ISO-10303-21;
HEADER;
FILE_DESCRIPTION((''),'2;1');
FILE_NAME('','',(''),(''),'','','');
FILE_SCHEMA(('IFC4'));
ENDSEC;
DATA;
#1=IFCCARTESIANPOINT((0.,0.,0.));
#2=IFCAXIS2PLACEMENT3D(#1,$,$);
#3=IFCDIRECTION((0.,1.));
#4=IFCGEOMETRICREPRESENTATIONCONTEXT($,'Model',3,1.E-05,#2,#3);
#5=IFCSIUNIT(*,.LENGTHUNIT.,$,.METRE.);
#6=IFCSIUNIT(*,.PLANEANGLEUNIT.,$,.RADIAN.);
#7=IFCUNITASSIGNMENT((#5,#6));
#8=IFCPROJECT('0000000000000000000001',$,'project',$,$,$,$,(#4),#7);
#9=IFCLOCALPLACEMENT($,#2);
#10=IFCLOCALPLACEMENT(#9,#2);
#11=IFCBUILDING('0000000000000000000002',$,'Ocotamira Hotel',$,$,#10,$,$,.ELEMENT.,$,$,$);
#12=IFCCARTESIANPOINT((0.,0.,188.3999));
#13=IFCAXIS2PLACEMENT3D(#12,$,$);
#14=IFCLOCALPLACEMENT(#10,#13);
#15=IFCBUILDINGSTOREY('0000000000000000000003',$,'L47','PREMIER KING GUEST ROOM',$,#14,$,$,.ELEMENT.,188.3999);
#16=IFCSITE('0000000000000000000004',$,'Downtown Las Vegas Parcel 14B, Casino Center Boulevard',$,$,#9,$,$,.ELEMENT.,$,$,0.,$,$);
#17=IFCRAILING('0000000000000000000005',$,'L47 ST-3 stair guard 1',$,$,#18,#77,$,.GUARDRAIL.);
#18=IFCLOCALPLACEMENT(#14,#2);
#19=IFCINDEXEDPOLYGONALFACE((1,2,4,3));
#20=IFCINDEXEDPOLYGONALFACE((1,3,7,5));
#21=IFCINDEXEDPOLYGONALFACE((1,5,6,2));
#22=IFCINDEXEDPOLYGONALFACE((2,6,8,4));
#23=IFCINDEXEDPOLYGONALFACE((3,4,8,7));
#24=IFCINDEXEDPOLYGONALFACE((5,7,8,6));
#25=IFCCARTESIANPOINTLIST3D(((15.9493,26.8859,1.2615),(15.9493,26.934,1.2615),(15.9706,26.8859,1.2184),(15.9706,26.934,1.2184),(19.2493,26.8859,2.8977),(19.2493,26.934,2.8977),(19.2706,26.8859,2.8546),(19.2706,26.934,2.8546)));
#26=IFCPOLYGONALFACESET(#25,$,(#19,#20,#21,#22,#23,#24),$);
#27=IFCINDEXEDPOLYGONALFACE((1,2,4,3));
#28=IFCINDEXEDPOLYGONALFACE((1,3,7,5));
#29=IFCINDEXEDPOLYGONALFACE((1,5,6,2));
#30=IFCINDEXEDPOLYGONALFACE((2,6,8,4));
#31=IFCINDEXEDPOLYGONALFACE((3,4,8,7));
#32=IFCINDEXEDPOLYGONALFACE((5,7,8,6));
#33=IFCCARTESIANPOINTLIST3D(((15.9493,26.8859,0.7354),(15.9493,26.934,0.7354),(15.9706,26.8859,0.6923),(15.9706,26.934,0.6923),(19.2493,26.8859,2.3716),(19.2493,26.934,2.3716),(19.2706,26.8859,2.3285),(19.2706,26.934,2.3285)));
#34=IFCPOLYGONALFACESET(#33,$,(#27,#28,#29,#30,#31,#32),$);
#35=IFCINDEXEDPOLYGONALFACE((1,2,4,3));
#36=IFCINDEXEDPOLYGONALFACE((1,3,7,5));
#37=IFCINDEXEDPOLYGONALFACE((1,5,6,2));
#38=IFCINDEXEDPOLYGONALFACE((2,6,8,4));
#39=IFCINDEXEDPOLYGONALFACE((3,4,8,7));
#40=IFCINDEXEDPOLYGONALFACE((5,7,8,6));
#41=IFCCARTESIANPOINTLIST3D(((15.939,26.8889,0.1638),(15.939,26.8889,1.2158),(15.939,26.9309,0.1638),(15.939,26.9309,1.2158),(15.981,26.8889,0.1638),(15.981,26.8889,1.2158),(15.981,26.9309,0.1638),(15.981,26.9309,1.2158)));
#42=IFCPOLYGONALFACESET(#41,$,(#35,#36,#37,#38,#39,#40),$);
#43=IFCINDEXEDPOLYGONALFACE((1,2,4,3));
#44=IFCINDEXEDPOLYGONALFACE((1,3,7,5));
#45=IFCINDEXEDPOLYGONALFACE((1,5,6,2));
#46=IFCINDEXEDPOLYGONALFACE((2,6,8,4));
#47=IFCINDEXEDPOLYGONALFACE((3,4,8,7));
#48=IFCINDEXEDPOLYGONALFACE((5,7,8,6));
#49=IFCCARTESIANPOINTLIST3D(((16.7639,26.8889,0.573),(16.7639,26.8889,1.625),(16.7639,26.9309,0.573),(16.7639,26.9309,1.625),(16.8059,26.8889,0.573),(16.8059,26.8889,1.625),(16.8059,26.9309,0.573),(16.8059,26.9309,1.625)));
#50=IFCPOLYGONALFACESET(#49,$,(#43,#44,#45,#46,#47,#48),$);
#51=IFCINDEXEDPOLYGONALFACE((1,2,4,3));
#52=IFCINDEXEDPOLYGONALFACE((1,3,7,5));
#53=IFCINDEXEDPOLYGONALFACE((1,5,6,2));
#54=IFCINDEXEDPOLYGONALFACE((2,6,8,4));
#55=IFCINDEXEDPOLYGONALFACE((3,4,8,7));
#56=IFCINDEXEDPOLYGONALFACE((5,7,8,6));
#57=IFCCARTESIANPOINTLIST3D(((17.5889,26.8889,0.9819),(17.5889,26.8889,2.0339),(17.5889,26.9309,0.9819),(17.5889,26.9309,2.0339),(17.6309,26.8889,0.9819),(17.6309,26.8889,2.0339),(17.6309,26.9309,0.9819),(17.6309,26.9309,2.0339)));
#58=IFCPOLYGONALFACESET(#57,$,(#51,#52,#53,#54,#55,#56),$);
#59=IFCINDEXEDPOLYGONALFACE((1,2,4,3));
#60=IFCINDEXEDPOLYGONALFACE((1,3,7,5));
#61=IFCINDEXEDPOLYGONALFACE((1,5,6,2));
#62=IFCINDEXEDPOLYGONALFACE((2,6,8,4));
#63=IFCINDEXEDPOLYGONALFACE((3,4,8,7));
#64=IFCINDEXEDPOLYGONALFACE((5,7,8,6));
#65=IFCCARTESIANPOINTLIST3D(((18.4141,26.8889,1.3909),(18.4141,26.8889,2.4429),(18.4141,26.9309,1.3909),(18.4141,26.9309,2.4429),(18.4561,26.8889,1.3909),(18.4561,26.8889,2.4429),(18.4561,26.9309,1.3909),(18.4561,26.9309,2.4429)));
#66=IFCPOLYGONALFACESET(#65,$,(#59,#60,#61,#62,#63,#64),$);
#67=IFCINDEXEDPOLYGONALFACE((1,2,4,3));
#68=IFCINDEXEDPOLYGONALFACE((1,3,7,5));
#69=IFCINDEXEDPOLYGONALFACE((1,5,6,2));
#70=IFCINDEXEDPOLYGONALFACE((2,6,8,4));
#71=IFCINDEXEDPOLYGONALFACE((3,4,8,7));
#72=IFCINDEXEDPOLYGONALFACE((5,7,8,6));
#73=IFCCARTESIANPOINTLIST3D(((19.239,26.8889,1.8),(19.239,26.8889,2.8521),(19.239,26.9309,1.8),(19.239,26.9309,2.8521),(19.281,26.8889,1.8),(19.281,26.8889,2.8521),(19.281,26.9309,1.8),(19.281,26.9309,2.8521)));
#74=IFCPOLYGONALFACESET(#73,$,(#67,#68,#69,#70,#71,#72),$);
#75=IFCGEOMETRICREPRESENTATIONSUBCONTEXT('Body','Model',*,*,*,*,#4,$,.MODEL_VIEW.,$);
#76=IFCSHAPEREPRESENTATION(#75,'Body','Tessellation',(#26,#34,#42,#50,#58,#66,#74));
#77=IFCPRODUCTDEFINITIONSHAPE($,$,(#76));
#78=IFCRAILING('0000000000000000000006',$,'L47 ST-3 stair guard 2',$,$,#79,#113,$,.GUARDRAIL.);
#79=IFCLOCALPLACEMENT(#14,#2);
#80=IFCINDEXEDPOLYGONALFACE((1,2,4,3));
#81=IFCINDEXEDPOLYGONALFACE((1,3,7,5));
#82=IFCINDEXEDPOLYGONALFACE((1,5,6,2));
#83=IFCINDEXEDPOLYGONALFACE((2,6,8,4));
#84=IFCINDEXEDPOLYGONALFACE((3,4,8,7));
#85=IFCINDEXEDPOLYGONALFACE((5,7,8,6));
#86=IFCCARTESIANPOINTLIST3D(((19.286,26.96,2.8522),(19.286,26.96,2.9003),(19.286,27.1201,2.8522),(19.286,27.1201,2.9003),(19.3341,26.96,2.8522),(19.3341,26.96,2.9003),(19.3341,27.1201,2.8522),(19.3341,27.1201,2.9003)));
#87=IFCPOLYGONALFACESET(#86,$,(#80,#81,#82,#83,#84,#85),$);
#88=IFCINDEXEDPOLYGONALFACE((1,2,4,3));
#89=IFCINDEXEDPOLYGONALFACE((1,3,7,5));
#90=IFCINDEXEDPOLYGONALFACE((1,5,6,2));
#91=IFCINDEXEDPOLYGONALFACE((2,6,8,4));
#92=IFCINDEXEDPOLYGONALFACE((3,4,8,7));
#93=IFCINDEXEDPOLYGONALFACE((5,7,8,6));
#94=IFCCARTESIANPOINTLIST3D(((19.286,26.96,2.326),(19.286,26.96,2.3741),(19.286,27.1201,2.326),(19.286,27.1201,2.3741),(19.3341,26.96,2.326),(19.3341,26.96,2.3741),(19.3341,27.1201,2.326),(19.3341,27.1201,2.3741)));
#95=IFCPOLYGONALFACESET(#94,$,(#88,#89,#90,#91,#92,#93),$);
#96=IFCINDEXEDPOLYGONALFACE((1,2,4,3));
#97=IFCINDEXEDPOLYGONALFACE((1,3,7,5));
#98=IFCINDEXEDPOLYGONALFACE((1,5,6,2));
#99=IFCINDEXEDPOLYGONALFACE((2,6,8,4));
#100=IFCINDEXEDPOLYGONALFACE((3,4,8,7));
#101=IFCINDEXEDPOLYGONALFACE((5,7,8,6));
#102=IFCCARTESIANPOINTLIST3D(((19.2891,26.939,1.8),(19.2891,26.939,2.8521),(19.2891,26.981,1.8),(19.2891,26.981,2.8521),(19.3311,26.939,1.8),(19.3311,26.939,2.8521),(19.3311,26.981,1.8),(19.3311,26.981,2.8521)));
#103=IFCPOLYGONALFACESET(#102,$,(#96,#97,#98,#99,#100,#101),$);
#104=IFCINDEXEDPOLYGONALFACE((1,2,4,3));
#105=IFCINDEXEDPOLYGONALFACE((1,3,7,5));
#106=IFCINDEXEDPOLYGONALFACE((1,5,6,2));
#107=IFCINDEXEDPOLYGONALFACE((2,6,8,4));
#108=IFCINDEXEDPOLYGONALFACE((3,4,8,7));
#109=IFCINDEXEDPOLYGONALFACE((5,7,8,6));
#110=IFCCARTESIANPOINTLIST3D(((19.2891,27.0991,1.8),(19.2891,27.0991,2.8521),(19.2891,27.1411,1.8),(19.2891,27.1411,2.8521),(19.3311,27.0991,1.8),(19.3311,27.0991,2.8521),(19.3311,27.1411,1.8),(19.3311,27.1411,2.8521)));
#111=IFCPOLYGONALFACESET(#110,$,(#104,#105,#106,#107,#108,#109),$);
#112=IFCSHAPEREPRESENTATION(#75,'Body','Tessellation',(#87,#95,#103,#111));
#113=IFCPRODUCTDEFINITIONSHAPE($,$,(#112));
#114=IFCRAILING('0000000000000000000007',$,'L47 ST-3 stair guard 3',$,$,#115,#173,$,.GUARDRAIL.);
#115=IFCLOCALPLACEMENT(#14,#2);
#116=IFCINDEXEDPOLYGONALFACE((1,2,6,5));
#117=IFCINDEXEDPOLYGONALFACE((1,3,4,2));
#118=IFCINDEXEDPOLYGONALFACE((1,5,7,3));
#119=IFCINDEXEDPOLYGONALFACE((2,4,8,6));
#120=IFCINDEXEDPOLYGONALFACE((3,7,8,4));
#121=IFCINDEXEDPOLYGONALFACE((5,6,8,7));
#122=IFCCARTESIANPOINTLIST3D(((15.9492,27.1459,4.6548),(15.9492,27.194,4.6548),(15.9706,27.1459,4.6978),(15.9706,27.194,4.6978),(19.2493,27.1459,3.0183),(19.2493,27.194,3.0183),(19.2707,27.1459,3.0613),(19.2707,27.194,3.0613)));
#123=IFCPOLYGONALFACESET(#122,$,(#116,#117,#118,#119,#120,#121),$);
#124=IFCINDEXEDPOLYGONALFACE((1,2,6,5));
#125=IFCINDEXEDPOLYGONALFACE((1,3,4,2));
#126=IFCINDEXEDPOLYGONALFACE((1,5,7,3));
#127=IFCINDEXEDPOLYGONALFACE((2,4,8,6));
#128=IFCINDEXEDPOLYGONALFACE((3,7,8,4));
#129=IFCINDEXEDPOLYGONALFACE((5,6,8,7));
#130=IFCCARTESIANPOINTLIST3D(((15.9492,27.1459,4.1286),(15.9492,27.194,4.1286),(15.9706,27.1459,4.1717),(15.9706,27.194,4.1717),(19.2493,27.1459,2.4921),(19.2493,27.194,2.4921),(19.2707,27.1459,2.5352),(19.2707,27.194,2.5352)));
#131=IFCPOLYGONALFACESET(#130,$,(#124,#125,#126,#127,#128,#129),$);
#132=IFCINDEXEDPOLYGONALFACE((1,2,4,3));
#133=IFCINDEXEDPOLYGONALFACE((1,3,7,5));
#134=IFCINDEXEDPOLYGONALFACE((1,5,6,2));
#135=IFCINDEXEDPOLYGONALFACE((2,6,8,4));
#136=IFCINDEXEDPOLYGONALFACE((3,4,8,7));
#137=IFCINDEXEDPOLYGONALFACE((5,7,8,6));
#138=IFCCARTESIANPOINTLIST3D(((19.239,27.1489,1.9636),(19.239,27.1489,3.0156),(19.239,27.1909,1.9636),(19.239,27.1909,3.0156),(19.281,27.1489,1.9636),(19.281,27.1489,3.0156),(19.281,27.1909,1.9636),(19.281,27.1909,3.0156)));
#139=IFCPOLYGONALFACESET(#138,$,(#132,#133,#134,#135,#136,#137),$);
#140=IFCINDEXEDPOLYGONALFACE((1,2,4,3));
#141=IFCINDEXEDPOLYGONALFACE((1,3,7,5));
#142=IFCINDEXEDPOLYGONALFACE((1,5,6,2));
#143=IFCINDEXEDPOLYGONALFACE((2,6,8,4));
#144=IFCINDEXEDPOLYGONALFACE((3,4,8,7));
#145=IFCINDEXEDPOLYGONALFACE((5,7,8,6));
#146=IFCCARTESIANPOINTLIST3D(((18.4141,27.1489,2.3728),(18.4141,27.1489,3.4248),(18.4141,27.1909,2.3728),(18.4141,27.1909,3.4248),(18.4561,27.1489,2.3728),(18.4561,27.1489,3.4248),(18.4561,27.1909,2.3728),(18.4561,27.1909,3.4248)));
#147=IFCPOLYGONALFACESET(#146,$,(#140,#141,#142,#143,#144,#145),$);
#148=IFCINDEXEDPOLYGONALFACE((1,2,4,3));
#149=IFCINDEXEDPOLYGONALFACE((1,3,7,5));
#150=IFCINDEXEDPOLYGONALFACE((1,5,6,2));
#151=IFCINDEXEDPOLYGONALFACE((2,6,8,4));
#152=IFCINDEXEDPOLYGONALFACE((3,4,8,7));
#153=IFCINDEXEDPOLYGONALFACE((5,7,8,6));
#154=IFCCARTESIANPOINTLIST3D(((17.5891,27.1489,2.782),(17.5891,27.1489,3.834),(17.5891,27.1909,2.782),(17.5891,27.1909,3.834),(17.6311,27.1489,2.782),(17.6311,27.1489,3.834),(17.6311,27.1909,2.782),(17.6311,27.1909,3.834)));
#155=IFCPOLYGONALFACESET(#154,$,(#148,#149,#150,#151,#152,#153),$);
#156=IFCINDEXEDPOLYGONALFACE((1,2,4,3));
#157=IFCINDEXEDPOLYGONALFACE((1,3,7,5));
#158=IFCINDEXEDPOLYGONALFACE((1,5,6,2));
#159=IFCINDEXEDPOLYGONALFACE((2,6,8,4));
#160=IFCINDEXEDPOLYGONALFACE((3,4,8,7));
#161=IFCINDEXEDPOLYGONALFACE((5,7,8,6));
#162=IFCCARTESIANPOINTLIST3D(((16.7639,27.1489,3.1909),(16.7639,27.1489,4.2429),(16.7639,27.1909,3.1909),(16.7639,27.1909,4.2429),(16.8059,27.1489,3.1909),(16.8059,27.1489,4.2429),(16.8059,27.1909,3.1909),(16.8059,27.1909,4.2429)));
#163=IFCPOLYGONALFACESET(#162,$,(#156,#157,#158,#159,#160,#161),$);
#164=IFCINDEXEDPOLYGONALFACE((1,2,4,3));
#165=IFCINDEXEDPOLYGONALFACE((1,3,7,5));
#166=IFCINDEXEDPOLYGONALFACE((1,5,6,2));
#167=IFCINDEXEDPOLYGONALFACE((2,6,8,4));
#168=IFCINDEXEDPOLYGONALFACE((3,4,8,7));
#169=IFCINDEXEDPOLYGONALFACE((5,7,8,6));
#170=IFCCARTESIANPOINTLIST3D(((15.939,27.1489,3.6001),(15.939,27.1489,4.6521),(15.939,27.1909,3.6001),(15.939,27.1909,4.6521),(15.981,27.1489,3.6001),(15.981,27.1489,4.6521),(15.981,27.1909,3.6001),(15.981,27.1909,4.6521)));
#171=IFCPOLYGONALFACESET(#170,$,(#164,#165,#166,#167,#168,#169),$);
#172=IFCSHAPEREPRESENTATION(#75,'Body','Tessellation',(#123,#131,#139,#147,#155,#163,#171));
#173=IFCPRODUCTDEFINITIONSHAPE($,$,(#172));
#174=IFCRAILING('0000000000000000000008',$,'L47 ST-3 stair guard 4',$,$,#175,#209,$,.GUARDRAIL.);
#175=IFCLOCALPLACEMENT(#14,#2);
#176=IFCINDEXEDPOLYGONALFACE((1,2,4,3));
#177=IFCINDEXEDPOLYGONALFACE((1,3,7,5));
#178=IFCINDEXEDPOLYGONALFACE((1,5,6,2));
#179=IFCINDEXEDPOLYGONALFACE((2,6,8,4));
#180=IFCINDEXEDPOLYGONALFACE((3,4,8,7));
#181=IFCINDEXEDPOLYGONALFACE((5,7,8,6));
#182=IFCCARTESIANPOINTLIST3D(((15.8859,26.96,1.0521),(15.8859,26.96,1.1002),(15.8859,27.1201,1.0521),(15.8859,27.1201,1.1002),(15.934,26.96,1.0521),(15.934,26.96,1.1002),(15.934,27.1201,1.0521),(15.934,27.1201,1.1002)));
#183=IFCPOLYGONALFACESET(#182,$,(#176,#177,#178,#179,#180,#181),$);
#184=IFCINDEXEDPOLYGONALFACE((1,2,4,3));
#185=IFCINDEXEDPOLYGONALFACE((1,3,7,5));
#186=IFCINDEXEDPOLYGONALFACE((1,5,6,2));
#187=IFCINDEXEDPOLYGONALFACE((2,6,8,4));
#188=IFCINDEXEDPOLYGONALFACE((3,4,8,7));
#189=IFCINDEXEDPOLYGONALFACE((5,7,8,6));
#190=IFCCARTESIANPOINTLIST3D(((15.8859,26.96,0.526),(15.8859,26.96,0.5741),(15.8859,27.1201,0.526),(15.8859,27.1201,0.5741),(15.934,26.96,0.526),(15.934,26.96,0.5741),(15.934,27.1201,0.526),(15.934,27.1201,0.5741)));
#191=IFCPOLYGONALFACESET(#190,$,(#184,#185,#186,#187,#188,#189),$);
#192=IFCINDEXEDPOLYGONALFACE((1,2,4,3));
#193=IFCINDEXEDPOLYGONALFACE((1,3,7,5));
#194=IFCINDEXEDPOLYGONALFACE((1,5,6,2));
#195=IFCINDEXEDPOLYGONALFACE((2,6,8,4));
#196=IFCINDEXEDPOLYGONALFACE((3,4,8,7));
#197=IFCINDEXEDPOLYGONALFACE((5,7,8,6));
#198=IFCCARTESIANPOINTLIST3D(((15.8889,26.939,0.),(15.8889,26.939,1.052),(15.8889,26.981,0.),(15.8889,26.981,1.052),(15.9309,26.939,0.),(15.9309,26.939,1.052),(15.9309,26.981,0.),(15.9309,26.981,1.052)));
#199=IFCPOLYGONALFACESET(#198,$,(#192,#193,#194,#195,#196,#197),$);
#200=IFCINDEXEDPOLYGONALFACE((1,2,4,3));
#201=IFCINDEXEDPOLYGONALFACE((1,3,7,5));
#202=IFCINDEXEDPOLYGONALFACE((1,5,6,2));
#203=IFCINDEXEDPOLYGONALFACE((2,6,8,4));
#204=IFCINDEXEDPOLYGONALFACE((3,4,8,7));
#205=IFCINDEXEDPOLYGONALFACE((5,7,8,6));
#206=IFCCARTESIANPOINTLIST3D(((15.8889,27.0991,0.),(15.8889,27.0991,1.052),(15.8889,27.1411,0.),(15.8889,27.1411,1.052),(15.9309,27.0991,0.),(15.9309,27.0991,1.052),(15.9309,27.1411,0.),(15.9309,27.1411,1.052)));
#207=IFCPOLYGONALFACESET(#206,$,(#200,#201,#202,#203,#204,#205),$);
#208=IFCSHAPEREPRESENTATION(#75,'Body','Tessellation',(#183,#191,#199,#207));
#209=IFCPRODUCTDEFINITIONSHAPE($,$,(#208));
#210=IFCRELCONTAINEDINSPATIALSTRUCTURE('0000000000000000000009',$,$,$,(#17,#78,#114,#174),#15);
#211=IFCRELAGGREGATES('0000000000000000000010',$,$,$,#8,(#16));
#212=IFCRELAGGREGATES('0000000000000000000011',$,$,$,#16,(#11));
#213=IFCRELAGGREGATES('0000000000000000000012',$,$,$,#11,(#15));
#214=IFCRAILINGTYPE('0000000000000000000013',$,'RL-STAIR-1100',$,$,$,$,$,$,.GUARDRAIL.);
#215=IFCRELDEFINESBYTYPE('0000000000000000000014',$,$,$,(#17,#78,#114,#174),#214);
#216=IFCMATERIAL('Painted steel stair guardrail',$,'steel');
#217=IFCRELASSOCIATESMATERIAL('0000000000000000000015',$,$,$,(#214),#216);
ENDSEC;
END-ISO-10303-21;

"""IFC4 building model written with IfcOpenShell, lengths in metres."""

from ifc_helpers import new_model, si_unit, direction, frame, origin, origin_2d, place, context, subcontext, project, spatial, rectangle, extrude, material, type_object, element, save


model = new_model("IFC4")

# Units and contexts
model_context = context("Model", 3, precision=1e-05, world=origin(), true_north=direction((0.0, 1.0)))
body_context = subcontext(model_context, "Body", "Model", "MODEL_VIEW")
ifc_project = project(units=[si_unit("LENGTHUNIT", "METRE"), si_unit("PLANEANGLEUNIT", "RADIAN")], contexts=[model_context])

# Site, building, storey
site_placement = place(None, origin())
site = spatial("IfcSite", under=ifc_project, at=site_placement, Name="Downtown Las Vegas Parcel 14B, Casino Center Boulevard", CompositionType="ELEMENT", RefElevation=0.0)
building_placement = place(site_placement, origin())
building = spatial("IfcBuilding", under=site, at=building_placement, Name="Ocotamira Hotel", CompositionType="ELEMENT")
storey_placement = place(building_placement, frame((0.0, 0.0, 188.3999)))
storey = spatial("IfcBuildingStorey", under=building, at=storey_placement, Name="L47", Description="PREMIER KING GUEST ROOM", CompositionType="ELEMENT", Elevation=188.3999)

# Railings
ifc_material_1 = material(Name="Painted steel stair guardrail", Category="steel")
railing_type_1 = type_object("IfcRailingType", Name="RL-STAIR-1100", PredefinedType="GUARDRAIL", material=ifc_material_1)
railing_1_placement = place(storey_placement, frame((15.96, 26.9099, 0.1638)))
element("IfcRailing", 1, at=railing_1_placement, inside=storey, type_object=railing_type_1, Name="L47 ST-3 stair guard 1", PredefinedType="GUARDRAIL", context=body_context, shape_type="SweptSolid", body=[
    extrude(rectangle(XDim=0.0481, YDim=0.0481, at=origin_2d()), frame((0.0, 0.0, 1.0762), z_axis=(0.89592, 0.0, 0.444215), x_axis=(0.0, 1.0, 0.0)), (0.0, 0.0, 1.0), 3.6833),
    extrude(rectangle(XDim=0.0481, YDim=0.0481, at=origin_2d()), frame((0.0, 0.0, 0.55), z_axis=(0.89592, 0.0, 0.444215), x_axis=(0.0, 1.0, 0.0)), (0.0, 0.0, 1.0), 3.6833),
    extrude(rectangle(XDim=0.042, YDim=0.042, at=origin_2d()), origin(), (0.0, 0.0, 1.0), 1.052),
    extrude(rectangle(XDim=0.042, YDim=0.042, at=origin_2d()), frame((0.825, 0.0, 0.4092)), (0.0, 0.0, 1.0), 1.052),
    extrude(rectangle(XDim=0.042, YDim=0.042, at=origin_2d()), frame((1.6499, 0.0, 0.8181)), (0.0, 0.0, 1.0), 1.052),
    extrude(rectangle(XDim=0.042, YDim=0.042, at=origin_2d()), frame((2.4751, 0.0, 1.2271)), (0.0, 0.0, 1.0), 1.052),
    extrude(rectangle(XDim=0.042, YDim=0.042, at=origin_2d()), frame((3.3, 0.0, 1.6362)), (0.0, 0.0, 1.0), 1.052),
])
railing_2_placement = place(storey_placement, frame((19.3101, 26.96, 1.8)))
element("IfcRailing", 2, at=railing_2_placement, inside=storey, type_object=railing_type_1, Name="L47 ST-3 stair guard 2", PredefinedType="GUARDRAIL", context=body_context, shape_type="SweptSolid", body=[
    extrude(rectangle(XDim=0.0481, YDim=0.0481, at=origin_2d()), frame((0.0, 0.0, 1.0762), z_axis=(0.0, 1.0, 0.0), x_axis=(-1.0, 0.0, 0.0)), (0.0, 0.0, 1.0), 0.1602),
    extrude(rectangle(XDim=0.0481, YDim=0.0481, at=origin_2d()), frame((0.0, 0.0, 0.55), z_axis=(0.0, 1.0, 0.0), x_axis=(-1.0, 0.0, 0.0)), (0.0, 0.0, 1.0), 0.1602),
    extrude(rectangle(XDim=0.042, YDim=0.042, at=origin_2d()), origin(), (0.0, 0.0, 1.0), 1.052),
    extrude(rectangle(XDim=0.042, YDim=0.042, at=origin_2d()), frame((0.0, 0.1602, 0.0)), (0.0, 0.0, 1.0), 1.052),
])
railing_3_placement = place(storey_placement, frame((19.26, 27.1699, 1.9636)))
element("IfcRailing", 3, at=railing_3_placement, inside=storey, type_object=railing_type_1, Name="L47 ST-3 stair guard 3", PredefinedType="GUARDRAIL", context=body_context, shape_type="SweptSolid", body=[
    extrude(rectangle(XDim=0.0481, YDim=0.0481, at=origin_2d()), frame((0.0, 0.0, 1.0762), z_axis=(-0.895894, 0.0, 0.444268), x_axis=(0.0, -1.0, 0.0)), (0.0, 0.0, 1.0), 3.6836),
    extrude(rectangle(XDim=0.0481, YDim=0.0481, at=origin_2d()), frame((0.0, 0.0, 0.55), z_axis=(-0.895894, 0.0, 0.444268), x_axis=(0.0, -1.0, 0.0)), (0.0, 0.0, 1.0), 3.6836),
    extrude(rectangle(XDim=0.042, YDim=0.042, at=origin_2d()), origin(), (0.0, 0.0, 1.0), 1.052),
    extrude(rectangle(XDim=0.042, YDim=0.042, at=origin_2d()), frame((-0.825, 0.0, 0.4092)), (0.0, 0.0, 1.0), 1.052),
    extrude(rectangle(XDim=0.042, YDim=0.042, at=origin_2d()), frame((-1.6499, 0.0, 0.8184)), (0.0, 0.0, 1.0), 1.052),
    extrude(rectangle(XDim=0.042, YDim=0.042, at=origin_2d()), frame((-2.4751, 0.0, 1.2273)), (0.0, 0.0, 1.0), 1.052),
    extrude(rectangle(XDim=0.042, YDim=0.042, at=origin_2d()), frame((-3.3, 0.0, 1.6365)), (0.0, 0.0, 1.0), 1.052),
])
railing_4_placement = place(storey_placement, frame((15.9099, 26.96, 0.0)))
element("IfcRailing", 4, at=railing_4_placement, inside=storey, type_object=railing_type_1, Name="L47 ST-3 stair guard 4", PredefinedType="GUARDRAIL", context=body_context, shape_type="SweptSolid", body=[
    extrude(rectangle(XDim=0.0481, YDim=0.0481, at=origin_2d()), frame((0.0, 0.0, 1.0762), z_axis=(0.0, 1.0, 0.0), x_axis=(-1.0, 0.0, 0.0)), (0.0, 0.0, 1.0), 0.1602),
    extrude(rectangle(XDim=0.0481, YDim=0.0481, at=origin_2d()), frame((0.0, 0.0, 0.55), z_axis=(0.0, 1.0, 0.0), x_axis=(-1.0, 0.0, 0.0)), (0.0, 0.0, 1.0), 0.1602),
    extrude(rectangle(XDim=0.042, YDim=0.042, at=origin_2d()), origin(), (0.0, 0.0, 1.0), 1.052),
    extrude(rectangle(XDim=0.042, YDim=0.042, at=origin_2d()), frame((0.0, 0.1602, 0.0)), (0.0, 0.0, 1.0), 1.052),
])

save(model, "model.ifc")
